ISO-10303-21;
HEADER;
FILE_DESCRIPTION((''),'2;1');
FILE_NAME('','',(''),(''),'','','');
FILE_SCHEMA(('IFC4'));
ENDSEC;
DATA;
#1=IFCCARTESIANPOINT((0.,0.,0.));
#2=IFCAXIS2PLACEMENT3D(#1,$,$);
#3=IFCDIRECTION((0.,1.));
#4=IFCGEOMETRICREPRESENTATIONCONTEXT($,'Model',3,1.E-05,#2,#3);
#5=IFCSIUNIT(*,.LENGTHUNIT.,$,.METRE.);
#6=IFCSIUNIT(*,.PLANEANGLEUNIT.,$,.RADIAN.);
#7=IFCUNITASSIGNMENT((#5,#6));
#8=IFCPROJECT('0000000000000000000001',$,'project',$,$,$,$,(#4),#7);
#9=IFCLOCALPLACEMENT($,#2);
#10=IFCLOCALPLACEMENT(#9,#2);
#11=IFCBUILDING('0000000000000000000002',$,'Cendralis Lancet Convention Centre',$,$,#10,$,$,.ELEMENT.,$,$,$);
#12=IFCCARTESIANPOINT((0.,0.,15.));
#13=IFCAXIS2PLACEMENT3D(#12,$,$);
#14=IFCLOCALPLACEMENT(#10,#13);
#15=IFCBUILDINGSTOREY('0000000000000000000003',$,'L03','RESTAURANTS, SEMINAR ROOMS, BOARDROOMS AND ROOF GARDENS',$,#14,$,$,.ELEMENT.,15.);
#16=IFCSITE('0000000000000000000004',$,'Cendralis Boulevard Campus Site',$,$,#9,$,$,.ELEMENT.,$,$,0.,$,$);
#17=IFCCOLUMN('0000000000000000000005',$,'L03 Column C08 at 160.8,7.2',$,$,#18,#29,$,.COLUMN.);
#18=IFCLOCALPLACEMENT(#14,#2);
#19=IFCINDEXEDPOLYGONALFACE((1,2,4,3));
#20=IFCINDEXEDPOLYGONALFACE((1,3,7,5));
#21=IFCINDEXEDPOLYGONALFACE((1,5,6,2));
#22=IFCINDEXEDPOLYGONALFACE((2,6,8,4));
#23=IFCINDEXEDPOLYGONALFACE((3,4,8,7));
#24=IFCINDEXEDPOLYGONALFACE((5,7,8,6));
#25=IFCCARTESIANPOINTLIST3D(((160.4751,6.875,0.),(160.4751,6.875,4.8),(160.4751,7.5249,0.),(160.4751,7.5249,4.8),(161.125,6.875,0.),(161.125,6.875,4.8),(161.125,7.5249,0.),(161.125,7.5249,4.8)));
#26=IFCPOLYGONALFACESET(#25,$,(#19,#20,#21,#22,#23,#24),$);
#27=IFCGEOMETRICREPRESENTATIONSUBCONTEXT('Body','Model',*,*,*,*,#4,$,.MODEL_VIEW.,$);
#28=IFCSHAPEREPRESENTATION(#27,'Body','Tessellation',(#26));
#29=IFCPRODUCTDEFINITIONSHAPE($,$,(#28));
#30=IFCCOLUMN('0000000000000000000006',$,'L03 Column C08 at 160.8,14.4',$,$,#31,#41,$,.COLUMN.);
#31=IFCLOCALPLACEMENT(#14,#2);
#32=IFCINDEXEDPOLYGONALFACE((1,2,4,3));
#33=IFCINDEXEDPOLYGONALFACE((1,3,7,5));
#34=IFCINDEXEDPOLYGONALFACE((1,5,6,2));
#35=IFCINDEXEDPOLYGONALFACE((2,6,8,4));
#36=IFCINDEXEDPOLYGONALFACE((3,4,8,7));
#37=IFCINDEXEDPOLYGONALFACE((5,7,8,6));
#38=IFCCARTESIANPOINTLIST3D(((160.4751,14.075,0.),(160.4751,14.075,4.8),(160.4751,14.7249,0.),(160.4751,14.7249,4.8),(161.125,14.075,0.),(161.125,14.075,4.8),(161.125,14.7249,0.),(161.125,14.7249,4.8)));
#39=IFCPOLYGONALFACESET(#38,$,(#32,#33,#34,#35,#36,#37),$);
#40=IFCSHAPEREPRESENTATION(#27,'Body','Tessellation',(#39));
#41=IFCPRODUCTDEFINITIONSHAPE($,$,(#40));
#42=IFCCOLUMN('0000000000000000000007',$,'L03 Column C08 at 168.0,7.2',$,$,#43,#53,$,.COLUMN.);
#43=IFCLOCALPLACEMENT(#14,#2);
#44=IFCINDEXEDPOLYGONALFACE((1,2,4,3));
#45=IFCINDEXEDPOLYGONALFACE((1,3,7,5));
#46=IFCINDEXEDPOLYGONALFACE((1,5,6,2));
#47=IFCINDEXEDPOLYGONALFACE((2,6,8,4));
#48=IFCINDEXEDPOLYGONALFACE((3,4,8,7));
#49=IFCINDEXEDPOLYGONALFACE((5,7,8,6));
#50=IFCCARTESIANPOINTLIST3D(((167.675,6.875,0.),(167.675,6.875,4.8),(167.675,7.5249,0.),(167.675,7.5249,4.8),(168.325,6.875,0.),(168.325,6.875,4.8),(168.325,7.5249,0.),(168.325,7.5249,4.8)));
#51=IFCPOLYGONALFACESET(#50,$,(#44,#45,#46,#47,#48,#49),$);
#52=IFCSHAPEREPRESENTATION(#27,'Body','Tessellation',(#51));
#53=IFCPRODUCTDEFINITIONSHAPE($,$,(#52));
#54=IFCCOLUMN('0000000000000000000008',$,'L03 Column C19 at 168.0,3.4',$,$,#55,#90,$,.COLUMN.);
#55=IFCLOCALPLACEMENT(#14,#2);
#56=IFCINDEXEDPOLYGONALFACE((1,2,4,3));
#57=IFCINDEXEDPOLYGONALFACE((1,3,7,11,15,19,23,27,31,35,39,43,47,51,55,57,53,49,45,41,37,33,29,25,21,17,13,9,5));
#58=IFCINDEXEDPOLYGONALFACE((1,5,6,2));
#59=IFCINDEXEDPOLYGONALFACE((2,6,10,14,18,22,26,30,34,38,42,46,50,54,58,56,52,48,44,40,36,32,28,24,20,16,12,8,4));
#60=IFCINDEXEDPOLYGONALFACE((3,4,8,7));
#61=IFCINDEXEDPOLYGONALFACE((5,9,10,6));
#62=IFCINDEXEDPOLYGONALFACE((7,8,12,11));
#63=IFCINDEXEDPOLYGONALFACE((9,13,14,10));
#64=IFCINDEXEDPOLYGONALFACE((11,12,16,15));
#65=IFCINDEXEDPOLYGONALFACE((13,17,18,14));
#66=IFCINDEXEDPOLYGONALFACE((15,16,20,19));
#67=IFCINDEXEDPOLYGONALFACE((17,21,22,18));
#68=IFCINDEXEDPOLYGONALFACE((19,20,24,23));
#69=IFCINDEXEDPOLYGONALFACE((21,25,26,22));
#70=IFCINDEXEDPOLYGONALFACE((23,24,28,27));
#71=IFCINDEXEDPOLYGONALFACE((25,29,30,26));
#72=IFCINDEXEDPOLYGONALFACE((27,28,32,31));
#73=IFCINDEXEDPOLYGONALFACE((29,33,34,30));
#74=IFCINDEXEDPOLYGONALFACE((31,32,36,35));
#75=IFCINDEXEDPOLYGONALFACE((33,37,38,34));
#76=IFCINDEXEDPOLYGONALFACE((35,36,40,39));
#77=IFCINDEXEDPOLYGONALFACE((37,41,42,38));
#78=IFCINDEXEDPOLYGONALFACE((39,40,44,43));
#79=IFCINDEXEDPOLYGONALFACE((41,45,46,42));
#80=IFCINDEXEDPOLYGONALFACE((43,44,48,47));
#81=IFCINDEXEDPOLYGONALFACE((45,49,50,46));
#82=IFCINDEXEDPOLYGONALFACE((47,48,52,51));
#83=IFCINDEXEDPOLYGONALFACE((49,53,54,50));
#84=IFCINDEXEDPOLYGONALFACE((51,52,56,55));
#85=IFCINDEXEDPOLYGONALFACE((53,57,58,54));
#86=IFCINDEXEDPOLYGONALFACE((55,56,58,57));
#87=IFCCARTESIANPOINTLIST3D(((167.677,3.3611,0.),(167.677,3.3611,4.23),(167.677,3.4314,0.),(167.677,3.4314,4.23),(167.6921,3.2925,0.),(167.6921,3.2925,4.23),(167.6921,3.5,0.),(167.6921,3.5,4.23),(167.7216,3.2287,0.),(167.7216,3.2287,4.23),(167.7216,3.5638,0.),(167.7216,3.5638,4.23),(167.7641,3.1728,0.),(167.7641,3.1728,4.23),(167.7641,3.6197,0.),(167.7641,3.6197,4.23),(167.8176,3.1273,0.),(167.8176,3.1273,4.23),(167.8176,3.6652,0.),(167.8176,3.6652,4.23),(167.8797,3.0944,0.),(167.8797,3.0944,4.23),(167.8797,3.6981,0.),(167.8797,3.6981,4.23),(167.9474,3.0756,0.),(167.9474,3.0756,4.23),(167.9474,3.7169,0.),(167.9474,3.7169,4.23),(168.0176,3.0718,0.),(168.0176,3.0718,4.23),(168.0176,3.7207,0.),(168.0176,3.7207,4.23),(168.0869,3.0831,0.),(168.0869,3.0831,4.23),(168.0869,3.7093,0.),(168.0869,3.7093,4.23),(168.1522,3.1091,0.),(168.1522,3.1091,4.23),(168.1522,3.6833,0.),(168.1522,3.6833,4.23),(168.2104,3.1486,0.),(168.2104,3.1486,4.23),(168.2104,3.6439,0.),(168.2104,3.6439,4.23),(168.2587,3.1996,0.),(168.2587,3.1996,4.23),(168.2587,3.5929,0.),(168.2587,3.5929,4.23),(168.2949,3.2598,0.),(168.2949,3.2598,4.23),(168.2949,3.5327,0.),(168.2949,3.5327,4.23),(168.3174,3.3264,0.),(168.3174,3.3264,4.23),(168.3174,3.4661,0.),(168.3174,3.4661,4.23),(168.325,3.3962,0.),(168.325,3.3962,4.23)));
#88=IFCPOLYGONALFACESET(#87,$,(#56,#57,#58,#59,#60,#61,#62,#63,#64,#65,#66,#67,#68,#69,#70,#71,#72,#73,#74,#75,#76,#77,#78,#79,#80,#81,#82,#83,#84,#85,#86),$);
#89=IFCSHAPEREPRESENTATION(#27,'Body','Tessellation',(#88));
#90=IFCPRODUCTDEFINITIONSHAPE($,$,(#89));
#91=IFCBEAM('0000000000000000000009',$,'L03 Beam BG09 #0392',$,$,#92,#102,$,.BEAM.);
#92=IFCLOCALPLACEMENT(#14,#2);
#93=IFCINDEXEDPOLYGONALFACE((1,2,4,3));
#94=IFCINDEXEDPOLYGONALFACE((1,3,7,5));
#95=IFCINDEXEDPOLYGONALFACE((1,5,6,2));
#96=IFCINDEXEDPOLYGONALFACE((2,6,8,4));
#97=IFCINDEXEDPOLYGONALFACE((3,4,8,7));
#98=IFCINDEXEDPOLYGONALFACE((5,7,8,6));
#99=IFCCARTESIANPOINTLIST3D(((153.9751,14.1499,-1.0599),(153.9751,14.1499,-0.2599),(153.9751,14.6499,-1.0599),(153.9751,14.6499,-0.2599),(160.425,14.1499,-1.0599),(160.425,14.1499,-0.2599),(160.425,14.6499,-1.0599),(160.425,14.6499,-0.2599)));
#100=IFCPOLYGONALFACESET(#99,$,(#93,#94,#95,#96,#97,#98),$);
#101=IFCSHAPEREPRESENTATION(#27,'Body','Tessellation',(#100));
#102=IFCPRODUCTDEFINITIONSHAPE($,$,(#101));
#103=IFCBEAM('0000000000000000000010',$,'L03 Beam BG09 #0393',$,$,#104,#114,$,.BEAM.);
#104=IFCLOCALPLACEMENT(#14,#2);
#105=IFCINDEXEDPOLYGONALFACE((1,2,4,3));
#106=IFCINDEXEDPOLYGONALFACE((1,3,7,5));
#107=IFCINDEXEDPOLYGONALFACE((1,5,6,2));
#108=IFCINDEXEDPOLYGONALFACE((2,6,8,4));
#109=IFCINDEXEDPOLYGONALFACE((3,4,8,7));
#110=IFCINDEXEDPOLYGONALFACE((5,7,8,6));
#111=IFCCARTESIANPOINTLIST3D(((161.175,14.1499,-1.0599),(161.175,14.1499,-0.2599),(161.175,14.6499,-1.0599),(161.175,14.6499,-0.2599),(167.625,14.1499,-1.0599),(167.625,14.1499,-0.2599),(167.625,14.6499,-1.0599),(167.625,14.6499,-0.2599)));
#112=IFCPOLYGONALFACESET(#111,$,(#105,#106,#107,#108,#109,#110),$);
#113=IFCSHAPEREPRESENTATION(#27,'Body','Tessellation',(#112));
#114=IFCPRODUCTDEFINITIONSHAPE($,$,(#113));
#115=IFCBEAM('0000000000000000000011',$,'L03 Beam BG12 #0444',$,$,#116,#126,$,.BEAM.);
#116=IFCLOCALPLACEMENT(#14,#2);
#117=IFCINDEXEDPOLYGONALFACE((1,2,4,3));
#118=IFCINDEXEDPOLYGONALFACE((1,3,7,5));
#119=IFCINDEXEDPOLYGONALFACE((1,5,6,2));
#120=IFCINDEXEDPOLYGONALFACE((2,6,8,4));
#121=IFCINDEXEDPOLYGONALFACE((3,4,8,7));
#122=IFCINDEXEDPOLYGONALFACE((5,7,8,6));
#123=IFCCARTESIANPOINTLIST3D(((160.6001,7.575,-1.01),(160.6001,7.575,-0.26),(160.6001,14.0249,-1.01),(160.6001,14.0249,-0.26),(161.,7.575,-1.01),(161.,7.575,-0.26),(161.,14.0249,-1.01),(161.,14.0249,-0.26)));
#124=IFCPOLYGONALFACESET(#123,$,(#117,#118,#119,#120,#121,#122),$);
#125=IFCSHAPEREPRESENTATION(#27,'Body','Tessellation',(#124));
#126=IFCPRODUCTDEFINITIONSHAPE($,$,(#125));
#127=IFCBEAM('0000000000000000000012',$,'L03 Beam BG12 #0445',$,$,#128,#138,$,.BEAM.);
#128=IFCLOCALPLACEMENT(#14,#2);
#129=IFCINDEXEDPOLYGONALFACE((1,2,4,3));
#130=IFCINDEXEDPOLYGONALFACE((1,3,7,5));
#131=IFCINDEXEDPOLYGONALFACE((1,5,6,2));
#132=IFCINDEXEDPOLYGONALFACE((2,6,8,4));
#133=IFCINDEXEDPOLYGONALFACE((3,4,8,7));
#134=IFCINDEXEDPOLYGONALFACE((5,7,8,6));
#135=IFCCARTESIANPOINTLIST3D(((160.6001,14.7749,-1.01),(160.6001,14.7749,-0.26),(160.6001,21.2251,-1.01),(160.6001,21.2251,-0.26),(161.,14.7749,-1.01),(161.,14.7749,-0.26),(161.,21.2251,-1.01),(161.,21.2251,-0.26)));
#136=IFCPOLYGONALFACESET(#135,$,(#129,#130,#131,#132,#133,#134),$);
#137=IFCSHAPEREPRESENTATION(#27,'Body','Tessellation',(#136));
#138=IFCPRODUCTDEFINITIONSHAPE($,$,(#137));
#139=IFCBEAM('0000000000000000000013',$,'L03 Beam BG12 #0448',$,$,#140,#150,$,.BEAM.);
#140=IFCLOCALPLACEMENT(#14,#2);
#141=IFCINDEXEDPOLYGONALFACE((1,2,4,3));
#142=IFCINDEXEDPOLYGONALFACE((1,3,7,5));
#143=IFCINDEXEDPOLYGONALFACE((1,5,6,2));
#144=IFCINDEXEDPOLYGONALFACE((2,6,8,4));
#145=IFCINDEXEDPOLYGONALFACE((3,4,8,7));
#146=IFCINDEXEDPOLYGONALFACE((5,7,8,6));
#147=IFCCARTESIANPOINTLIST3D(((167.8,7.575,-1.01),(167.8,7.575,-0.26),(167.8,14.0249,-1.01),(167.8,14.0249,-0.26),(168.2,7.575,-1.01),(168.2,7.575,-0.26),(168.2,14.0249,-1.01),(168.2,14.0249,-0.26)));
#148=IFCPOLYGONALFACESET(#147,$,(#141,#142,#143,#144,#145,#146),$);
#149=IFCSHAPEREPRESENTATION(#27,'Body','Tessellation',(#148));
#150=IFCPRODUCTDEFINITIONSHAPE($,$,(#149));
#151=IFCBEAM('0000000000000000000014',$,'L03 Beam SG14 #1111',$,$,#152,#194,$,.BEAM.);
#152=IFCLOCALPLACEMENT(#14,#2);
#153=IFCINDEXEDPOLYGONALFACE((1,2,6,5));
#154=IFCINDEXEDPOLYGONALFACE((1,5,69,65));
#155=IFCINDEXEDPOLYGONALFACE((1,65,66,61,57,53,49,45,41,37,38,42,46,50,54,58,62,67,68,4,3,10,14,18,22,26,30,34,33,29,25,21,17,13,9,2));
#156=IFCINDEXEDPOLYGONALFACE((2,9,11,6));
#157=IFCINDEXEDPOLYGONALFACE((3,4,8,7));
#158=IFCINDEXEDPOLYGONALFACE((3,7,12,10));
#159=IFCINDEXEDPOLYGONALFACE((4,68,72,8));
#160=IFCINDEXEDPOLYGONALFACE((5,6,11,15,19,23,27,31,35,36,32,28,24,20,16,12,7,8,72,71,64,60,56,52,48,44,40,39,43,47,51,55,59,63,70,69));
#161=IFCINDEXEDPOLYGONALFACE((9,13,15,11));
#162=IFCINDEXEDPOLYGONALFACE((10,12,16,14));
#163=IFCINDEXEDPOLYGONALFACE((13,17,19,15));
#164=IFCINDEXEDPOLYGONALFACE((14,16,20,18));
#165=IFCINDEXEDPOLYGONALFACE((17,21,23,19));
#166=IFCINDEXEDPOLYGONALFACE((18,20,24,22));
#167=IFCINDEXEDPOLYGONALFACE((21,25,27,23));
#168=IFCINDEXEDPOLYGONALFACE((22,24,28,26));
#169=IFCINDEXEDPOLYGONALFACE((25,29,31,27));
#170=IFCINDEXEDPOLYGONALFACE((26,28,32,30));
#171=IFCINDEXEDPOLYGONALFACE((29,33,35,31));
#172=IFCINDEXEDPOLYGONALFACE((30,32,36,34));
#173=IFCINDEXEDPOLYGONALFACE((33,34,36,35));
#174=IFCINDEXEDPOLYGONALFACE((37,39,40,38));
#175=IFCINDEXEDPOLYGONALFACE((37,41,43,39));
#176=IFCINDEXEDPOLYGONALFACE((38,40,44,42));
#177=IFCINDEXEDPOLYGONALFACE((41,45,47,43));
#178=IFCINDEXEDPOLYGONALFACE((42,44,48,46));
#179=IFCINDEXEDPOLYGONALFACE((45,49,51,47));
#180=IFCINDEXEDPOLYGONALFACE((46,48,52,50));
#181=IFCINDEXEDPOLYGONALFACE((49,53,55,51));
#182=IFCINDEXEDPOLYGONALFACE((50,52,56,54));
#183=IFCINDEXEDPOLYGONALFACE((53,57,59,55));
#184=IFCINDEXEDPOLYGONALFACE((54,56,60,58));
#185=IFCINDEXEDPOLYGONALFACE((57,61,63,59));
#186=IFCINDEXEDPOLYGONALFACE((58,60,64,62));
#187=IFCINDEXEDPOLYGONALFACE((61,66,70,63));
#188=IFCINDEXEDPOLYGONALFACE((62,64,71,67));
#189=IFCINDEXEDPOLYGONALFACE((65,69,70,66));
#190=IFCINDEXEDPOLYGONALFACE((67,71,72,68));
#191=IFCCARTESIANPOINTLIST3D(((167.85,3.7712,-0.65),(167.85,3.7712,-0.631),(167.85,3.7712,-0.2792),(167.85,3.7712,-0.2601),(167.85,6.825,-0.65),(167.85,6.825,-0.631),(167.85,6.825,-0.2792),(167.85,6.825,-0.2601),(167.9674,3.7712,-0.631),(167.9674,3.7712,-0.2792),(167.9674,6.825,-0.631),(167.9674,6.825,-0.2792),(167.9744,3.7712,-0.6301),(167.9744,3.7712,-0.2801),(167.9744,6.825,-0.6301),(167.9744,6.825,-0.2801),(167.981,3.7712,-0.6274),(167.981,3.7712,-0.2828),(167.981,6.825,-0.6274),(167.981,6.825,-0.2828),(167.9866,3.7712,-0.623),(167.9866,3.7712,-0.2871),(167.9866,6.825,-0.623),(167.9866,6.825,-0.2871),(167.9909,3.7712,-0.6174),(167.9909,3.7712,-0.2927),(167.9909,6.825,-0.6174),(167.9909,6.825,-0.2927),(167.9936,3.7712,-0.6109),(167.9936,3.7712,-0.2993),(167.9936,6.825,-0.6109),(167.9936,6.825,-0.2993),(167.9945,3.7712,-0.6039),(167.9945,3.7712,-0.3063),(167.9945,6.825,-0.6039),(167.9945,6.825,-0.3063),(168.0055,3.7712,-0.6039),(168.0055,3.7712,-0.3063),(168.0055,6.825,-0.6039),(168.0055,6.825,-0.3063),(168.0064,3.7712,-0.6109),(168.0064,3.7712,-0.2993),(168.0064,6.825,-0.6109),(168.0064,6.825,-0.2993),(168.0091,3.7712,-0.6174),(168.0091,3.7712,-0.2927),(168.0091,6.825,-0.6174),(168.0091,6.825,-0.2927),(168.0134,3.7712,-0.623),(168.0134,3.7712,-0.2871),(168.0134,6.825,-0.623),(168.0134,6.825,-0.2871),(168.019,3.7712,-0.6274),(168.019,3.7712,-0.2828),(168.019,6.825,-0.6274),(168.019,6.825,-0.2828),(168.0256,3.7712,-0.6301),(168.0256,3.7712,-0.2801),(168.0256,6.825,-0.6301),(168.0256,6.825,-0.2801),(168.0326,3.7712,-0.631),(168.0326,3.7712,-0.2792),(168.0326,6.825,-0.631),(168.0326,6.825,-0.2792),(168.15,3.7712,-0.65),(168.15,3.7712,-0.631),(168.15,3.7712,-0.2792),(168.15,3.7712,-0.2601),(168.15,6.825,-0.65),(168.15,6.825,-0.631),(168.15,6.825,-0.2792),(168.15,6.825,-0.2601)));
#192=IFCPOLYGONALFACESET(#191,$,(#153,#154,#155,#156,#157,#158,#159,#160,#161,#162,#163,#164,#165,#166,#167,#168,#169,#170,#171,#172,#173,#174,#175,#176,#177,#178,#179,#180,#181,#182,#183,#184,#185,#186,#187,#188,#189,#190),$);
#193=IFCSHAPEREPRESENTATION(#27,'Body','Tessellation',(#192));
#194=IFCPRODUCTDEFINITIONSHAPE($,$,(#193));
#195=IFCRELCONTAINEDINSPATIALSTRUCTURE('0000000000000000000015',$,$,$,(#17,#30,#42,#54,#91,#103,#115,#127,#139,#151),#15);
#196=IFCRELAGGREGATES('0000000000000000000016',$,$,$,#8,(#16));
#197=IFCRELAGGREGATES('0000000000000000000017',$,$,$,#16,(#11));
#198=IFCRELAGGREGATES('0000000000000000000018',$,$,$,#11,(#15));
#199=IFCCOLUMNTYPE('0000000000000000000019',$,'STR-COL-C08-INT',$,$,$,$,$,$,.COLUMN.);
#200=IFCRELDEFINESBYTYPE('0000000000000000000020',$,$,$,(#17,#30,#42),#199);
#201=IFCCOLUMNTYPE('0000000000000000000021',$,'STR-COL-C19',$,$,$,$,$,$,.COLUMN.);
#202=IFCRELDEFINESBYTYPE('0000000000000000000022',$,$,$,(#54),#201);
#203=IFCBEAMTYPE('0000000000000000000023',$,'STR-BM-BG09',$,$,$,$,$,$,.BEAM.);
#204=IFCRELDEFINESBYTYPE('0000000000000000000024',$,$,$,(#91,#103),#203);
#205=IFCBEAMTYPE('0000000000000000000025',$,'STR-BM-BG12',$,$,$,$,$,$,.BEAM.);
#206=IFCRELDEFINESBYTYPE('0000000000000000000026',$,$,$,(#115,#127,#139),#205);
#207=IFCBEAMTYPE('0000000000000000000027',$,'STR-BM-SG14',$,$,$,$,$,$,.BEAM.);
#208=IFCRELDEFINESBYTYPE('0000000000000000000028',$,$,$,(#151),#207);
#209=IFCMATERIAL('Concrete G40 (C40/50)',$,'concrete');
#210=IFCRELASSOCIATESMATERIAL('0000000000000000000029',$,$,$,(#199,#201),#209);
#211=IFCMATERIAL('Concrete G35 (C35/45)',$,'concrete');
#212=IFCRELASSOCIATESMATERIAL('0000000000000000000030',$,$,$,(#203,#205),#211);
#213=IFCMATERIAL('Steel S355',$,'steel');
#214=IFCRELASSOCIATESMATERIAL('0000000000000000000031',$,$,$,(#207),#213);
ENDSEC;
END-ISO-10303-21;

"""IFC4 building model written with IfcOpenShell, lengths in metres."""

from ifc_helpers import new_model, si_unit, direction, frame, origin, origin_2d, place, context, subcontext, project, spatial, rectangle, circle, i_section, extrude, material, material_profile, profile_set, type_object, element, save


model = new_model("IFC4")

# Units and contexts
model_context = context("Model", 3, precision=1e-05, world=origin(), true_north=direction((0.0, 1.0)))
body_context = subcontext(model_context, "Body", "Model", "MODEL_VIEW")
ifc_project = project(units=[si_unit("LENGTHUNIT", "METRE"), si_unit("PLANEANGLEUNIT", "RADIAN")], contexts=[model_context])

# Site, building, storey
site_placement = place(None, origin())
site = spatial("IfcSite", under=ifc_project, at=site_placement, Name="Cendralis Boulevard Campus Site", CompositionType="ELEMENT", RefElevation=0.0)
building_placement = place(site_placement, origin())
building = spatial("IfcBuilding", under=site, at=building_placement, Name="Cendralis Lancet Convention Centre", CompositionType="ELEMENT")
storey_placement = place(building_placement, frame((0.0, 0.0, 15.0)))
storey = spatial("IfcBuildingStorey", under=building, at=storey_placement, Name="L03", Description="RESTAURANTS, SEMINAR ROOMS, BOARDROOMS AND ROOF GARDENS", CompositionType="ELEMENT", Elevation=15.0)

# Columns
ifc_material_1 = material(Name="Concrete G40 (C40/50)", Category="concrete")
ifc_material_profile_1 = material_profile(ifc_material_1, rectangle(XDim=0.6499, YDim=0.6499, at=origin_2d()), Name="RC 650x650")
ifc_profile_set_1 = profile_set([ifc_material_profile_1], Name="Concrete G40 (C40/50)")
column_type_1 = type_object("IfcColumnType", Name="STR-COL-C08-INT", PredefinedType="COLUMN", material=ifc_profile_set_1)
for number, where, z_axis, x_axis, name in (
    (1, (160.8, 7.2, 0.0), (0.0, 0.0, 1.0), (1.0, 0.0, 0.0), "L03 Column C08 at 160.8,7.2"),
    (2, (160.8, 14.3999, 0.0), (0.0, 0.0, 1.0), (1.0, 0.0, 0.0), "L03 Column C08 at 160.8,14.4"),
    (3, (168.0, 7.2, 0.0), (0.0, 0.0, 1.0), (1.0, 0.0, 0.0), "L03 Column C08 at 168.0,7.2"),
):
    element("IfcColumn", number, at=place(storey_placement, frame(where, z_axis=z_axis, x_axis=x_axis)), inside=storey, type_object=column_type_1, Name=name, PredefinedType="COLUMN", context=body_context, shape_type="SweptSolid", body=[
        extrude(rectangle(XDim=0.6499, YDim=0.6499, at=origin_2d()), origin(), (0.0, 0.0, 1.0), 4.8),
    ])
ifc_material_profile_2 = material_profile(ifc_material_1, circle(Radius=0.325, at=origin_2d()), Name="RC D650")
ifc_profile_set_2 = profile_set([ifc_material_profile_2], Name="Concrete G40 (C40/50)")
column_type_2 = type_object("IfcColumnType", Name="STR-COL-C19", PredefinedType="COLUMN", material=ifc_profile_set_2)
column_placement = place(storey_placement, frame((168.0, 3.3962, 0.0), z_axis=(0.0, 0.0, 1.0), x_axis=(1.0, 0.0, 0.0)))
element("IfcColumn", 4, at=column_placement, inside=storey, type_object=column_type_2, Name="L03 Column C19 at 168.0,3.4", PredefinedType="COLUMN", context=body_context, shape_type="SweptSolid", body=[
    extrude(circle(Radius=0.325, at=origin_2d()), origin(), (0.0, 0.0, 1.0), 4.23),
])

# Beams
ifc_material_2 = material(Name="Concrete G35 (C35/45)", Category="concrete")
ifc_material_profile_3 = material_profile(ifc_material_2, rectangle(XDim=0.5, YDim=0.8, at=origin_2d()), Name="RCB 500x800")
ifc_profile_set_3 = profile_set([ifc_material_profile_3], Name="Concrete G35 (C35/45)")
beam_type_1 = type_object("IfcBeamType", Name="STR-BM-BG09", PredefinedType="BEAM", material=ifc_profile_set_3)
for number, where, z_axis, x_axis, name in (
    (5, (153.9751, 14.3999, -0.6599), (1.0, 0.0, 0.0), (0.0, 1.0, 0.0), "L03 Beam BG09 #0392"),
    (6, (161.175, 14.3999, -0.6599), (1.0, 0.0, 0.0), (0.0, 1.0, 0.0), "L03 Beam BG09 #0393"),
):
    element("IfcBeam", number, at=place(storey_placement, frame(where, z_axis=z_axis, x_axis=x_axis)), inside=storey, type_object=beam_type_1, Name=name, PredefinedType="BEAM", context=body_context, shape_type="SweptSolid", body=[
        extrude(rectangle(XDim=0.5, YDim=0.8, at=origin_2d()), origin(), (0.0, 0.0, 1.0), 6.45),
    ])
ifc_material_profile_4 = material_profile(ifc_material_2, rectangle(XDim=0.3999, YDim=0.75, at=origin_2d()), Name="RCB 400x750")
ifc_profile_set_4 = profile_set([ifc_material_profile_4], Name="Concrete G35 (C35/45)")
beam_type_2 = type_object("IfcBeamType", Name="STR-BM-BG12", PredefinedType="BEAM", material=ifc_profile_set_4)
beam_1_placement = place(storey_placement, frame((160.8, 7.575, -0.635), z_axis=(0.0, 1.0, 0.0), x_axis=(-1.0, 0.0, 0.0)))
element("IfcBeam", 7, at=beam_1_placement, inside=storey, type_object=beam_type_2, Name="L03 Beam BG12 #0444", PredefinedType="BEAM", context=body_context, shape_type="SweptSolid", body=[
    extrude(rectangle(XDim=0.3999, YDim=0.75, at=origin_2d()), origin(), (0.0, 0.0, 1.0), 6.45),
])
beam_2_placement = place(storey_placement, frame((160.8, 14.7749, -0.635), z_axis=(0.0, 1.0, 0.0), x_axis=(-1.0, 0.0, 0.0)))
element("IfcBeam", 8, at=beam_2_placement, inside=storey, type_object=beam_type_2, Name="L03 Beam BG12 #0445", PredefinedType="BEAM", context=body_context, shape_type="SweptSolid", body=[
    extrude(rectangle(XDim=0.3999, YDim=0.75, at=origin_2d()), origin(), (0.0, 0.0, 1.0), 6.4502),
])
beam_3_placement = place(storey_placement, frame((168.0, 7.575, -0.635), z_axis=(0.0, 1.0, 0.0), x_axis=(-1.0, 0.0, 0.0)))
element("IfcBeam", 9, at=beam_3_placement, inside=storey, type_object=beam_type_2, Name="L03 Beam BG12 #0448", PredefinedType="BEAM", context=body_context, shape_type="SweptSolid", body=[
    extrude(rectangle(XDim=0.3999, YDim=0.75, at=origin_2d()), origin(), (0.0, 0.0, 1.0), 6.45),
])
ifc_material_3 = material(Name="Steel S355", Category="steel")
ifc_material_profile_5 = material_profile(ifc_material_3, i_section(OverallWidth=0.3, OverallDepth=0.3899, WebThickness=0.011, FlangeThickness=0.019, FilletRadius=0.0271, at=origin_2d()), Name="HEA 400")
ifc_profile_set_5 = profile_set([ifc_material_profile_5], Name="Steel S355")
beam_type_3 = type_object("IfcBeamType", Name="STR-BM-SG14", PredefinedType="BEAM", material=ifc_profile_set_5)
beam_4_placement = place(storey_placement, frame((168.0, 3.7712, -0.4551), z_axis=(0.0, 1.0, 0.0), x_axis=(-1.0, 0.0, 0.0)))
element("IfcBeam", 10, at=beam_4_placement, inside=storey, type_object=beam_type_3, Name="L03 Beam SG14 #1111", PredefinedType="BEAM", context=body_context, shape_type="SweptSolid", body=[
    extrude(i_section(OverallWidth=0.3, OverallDepth=0.3899, WebThickness=0.011, FlangeThickness=0.019, FilletRadius=0.0271, at=origin_2d()), origin(), (0.0, 0.0, 1.0), 3.0537),
])

save(model, "model.ifc")
